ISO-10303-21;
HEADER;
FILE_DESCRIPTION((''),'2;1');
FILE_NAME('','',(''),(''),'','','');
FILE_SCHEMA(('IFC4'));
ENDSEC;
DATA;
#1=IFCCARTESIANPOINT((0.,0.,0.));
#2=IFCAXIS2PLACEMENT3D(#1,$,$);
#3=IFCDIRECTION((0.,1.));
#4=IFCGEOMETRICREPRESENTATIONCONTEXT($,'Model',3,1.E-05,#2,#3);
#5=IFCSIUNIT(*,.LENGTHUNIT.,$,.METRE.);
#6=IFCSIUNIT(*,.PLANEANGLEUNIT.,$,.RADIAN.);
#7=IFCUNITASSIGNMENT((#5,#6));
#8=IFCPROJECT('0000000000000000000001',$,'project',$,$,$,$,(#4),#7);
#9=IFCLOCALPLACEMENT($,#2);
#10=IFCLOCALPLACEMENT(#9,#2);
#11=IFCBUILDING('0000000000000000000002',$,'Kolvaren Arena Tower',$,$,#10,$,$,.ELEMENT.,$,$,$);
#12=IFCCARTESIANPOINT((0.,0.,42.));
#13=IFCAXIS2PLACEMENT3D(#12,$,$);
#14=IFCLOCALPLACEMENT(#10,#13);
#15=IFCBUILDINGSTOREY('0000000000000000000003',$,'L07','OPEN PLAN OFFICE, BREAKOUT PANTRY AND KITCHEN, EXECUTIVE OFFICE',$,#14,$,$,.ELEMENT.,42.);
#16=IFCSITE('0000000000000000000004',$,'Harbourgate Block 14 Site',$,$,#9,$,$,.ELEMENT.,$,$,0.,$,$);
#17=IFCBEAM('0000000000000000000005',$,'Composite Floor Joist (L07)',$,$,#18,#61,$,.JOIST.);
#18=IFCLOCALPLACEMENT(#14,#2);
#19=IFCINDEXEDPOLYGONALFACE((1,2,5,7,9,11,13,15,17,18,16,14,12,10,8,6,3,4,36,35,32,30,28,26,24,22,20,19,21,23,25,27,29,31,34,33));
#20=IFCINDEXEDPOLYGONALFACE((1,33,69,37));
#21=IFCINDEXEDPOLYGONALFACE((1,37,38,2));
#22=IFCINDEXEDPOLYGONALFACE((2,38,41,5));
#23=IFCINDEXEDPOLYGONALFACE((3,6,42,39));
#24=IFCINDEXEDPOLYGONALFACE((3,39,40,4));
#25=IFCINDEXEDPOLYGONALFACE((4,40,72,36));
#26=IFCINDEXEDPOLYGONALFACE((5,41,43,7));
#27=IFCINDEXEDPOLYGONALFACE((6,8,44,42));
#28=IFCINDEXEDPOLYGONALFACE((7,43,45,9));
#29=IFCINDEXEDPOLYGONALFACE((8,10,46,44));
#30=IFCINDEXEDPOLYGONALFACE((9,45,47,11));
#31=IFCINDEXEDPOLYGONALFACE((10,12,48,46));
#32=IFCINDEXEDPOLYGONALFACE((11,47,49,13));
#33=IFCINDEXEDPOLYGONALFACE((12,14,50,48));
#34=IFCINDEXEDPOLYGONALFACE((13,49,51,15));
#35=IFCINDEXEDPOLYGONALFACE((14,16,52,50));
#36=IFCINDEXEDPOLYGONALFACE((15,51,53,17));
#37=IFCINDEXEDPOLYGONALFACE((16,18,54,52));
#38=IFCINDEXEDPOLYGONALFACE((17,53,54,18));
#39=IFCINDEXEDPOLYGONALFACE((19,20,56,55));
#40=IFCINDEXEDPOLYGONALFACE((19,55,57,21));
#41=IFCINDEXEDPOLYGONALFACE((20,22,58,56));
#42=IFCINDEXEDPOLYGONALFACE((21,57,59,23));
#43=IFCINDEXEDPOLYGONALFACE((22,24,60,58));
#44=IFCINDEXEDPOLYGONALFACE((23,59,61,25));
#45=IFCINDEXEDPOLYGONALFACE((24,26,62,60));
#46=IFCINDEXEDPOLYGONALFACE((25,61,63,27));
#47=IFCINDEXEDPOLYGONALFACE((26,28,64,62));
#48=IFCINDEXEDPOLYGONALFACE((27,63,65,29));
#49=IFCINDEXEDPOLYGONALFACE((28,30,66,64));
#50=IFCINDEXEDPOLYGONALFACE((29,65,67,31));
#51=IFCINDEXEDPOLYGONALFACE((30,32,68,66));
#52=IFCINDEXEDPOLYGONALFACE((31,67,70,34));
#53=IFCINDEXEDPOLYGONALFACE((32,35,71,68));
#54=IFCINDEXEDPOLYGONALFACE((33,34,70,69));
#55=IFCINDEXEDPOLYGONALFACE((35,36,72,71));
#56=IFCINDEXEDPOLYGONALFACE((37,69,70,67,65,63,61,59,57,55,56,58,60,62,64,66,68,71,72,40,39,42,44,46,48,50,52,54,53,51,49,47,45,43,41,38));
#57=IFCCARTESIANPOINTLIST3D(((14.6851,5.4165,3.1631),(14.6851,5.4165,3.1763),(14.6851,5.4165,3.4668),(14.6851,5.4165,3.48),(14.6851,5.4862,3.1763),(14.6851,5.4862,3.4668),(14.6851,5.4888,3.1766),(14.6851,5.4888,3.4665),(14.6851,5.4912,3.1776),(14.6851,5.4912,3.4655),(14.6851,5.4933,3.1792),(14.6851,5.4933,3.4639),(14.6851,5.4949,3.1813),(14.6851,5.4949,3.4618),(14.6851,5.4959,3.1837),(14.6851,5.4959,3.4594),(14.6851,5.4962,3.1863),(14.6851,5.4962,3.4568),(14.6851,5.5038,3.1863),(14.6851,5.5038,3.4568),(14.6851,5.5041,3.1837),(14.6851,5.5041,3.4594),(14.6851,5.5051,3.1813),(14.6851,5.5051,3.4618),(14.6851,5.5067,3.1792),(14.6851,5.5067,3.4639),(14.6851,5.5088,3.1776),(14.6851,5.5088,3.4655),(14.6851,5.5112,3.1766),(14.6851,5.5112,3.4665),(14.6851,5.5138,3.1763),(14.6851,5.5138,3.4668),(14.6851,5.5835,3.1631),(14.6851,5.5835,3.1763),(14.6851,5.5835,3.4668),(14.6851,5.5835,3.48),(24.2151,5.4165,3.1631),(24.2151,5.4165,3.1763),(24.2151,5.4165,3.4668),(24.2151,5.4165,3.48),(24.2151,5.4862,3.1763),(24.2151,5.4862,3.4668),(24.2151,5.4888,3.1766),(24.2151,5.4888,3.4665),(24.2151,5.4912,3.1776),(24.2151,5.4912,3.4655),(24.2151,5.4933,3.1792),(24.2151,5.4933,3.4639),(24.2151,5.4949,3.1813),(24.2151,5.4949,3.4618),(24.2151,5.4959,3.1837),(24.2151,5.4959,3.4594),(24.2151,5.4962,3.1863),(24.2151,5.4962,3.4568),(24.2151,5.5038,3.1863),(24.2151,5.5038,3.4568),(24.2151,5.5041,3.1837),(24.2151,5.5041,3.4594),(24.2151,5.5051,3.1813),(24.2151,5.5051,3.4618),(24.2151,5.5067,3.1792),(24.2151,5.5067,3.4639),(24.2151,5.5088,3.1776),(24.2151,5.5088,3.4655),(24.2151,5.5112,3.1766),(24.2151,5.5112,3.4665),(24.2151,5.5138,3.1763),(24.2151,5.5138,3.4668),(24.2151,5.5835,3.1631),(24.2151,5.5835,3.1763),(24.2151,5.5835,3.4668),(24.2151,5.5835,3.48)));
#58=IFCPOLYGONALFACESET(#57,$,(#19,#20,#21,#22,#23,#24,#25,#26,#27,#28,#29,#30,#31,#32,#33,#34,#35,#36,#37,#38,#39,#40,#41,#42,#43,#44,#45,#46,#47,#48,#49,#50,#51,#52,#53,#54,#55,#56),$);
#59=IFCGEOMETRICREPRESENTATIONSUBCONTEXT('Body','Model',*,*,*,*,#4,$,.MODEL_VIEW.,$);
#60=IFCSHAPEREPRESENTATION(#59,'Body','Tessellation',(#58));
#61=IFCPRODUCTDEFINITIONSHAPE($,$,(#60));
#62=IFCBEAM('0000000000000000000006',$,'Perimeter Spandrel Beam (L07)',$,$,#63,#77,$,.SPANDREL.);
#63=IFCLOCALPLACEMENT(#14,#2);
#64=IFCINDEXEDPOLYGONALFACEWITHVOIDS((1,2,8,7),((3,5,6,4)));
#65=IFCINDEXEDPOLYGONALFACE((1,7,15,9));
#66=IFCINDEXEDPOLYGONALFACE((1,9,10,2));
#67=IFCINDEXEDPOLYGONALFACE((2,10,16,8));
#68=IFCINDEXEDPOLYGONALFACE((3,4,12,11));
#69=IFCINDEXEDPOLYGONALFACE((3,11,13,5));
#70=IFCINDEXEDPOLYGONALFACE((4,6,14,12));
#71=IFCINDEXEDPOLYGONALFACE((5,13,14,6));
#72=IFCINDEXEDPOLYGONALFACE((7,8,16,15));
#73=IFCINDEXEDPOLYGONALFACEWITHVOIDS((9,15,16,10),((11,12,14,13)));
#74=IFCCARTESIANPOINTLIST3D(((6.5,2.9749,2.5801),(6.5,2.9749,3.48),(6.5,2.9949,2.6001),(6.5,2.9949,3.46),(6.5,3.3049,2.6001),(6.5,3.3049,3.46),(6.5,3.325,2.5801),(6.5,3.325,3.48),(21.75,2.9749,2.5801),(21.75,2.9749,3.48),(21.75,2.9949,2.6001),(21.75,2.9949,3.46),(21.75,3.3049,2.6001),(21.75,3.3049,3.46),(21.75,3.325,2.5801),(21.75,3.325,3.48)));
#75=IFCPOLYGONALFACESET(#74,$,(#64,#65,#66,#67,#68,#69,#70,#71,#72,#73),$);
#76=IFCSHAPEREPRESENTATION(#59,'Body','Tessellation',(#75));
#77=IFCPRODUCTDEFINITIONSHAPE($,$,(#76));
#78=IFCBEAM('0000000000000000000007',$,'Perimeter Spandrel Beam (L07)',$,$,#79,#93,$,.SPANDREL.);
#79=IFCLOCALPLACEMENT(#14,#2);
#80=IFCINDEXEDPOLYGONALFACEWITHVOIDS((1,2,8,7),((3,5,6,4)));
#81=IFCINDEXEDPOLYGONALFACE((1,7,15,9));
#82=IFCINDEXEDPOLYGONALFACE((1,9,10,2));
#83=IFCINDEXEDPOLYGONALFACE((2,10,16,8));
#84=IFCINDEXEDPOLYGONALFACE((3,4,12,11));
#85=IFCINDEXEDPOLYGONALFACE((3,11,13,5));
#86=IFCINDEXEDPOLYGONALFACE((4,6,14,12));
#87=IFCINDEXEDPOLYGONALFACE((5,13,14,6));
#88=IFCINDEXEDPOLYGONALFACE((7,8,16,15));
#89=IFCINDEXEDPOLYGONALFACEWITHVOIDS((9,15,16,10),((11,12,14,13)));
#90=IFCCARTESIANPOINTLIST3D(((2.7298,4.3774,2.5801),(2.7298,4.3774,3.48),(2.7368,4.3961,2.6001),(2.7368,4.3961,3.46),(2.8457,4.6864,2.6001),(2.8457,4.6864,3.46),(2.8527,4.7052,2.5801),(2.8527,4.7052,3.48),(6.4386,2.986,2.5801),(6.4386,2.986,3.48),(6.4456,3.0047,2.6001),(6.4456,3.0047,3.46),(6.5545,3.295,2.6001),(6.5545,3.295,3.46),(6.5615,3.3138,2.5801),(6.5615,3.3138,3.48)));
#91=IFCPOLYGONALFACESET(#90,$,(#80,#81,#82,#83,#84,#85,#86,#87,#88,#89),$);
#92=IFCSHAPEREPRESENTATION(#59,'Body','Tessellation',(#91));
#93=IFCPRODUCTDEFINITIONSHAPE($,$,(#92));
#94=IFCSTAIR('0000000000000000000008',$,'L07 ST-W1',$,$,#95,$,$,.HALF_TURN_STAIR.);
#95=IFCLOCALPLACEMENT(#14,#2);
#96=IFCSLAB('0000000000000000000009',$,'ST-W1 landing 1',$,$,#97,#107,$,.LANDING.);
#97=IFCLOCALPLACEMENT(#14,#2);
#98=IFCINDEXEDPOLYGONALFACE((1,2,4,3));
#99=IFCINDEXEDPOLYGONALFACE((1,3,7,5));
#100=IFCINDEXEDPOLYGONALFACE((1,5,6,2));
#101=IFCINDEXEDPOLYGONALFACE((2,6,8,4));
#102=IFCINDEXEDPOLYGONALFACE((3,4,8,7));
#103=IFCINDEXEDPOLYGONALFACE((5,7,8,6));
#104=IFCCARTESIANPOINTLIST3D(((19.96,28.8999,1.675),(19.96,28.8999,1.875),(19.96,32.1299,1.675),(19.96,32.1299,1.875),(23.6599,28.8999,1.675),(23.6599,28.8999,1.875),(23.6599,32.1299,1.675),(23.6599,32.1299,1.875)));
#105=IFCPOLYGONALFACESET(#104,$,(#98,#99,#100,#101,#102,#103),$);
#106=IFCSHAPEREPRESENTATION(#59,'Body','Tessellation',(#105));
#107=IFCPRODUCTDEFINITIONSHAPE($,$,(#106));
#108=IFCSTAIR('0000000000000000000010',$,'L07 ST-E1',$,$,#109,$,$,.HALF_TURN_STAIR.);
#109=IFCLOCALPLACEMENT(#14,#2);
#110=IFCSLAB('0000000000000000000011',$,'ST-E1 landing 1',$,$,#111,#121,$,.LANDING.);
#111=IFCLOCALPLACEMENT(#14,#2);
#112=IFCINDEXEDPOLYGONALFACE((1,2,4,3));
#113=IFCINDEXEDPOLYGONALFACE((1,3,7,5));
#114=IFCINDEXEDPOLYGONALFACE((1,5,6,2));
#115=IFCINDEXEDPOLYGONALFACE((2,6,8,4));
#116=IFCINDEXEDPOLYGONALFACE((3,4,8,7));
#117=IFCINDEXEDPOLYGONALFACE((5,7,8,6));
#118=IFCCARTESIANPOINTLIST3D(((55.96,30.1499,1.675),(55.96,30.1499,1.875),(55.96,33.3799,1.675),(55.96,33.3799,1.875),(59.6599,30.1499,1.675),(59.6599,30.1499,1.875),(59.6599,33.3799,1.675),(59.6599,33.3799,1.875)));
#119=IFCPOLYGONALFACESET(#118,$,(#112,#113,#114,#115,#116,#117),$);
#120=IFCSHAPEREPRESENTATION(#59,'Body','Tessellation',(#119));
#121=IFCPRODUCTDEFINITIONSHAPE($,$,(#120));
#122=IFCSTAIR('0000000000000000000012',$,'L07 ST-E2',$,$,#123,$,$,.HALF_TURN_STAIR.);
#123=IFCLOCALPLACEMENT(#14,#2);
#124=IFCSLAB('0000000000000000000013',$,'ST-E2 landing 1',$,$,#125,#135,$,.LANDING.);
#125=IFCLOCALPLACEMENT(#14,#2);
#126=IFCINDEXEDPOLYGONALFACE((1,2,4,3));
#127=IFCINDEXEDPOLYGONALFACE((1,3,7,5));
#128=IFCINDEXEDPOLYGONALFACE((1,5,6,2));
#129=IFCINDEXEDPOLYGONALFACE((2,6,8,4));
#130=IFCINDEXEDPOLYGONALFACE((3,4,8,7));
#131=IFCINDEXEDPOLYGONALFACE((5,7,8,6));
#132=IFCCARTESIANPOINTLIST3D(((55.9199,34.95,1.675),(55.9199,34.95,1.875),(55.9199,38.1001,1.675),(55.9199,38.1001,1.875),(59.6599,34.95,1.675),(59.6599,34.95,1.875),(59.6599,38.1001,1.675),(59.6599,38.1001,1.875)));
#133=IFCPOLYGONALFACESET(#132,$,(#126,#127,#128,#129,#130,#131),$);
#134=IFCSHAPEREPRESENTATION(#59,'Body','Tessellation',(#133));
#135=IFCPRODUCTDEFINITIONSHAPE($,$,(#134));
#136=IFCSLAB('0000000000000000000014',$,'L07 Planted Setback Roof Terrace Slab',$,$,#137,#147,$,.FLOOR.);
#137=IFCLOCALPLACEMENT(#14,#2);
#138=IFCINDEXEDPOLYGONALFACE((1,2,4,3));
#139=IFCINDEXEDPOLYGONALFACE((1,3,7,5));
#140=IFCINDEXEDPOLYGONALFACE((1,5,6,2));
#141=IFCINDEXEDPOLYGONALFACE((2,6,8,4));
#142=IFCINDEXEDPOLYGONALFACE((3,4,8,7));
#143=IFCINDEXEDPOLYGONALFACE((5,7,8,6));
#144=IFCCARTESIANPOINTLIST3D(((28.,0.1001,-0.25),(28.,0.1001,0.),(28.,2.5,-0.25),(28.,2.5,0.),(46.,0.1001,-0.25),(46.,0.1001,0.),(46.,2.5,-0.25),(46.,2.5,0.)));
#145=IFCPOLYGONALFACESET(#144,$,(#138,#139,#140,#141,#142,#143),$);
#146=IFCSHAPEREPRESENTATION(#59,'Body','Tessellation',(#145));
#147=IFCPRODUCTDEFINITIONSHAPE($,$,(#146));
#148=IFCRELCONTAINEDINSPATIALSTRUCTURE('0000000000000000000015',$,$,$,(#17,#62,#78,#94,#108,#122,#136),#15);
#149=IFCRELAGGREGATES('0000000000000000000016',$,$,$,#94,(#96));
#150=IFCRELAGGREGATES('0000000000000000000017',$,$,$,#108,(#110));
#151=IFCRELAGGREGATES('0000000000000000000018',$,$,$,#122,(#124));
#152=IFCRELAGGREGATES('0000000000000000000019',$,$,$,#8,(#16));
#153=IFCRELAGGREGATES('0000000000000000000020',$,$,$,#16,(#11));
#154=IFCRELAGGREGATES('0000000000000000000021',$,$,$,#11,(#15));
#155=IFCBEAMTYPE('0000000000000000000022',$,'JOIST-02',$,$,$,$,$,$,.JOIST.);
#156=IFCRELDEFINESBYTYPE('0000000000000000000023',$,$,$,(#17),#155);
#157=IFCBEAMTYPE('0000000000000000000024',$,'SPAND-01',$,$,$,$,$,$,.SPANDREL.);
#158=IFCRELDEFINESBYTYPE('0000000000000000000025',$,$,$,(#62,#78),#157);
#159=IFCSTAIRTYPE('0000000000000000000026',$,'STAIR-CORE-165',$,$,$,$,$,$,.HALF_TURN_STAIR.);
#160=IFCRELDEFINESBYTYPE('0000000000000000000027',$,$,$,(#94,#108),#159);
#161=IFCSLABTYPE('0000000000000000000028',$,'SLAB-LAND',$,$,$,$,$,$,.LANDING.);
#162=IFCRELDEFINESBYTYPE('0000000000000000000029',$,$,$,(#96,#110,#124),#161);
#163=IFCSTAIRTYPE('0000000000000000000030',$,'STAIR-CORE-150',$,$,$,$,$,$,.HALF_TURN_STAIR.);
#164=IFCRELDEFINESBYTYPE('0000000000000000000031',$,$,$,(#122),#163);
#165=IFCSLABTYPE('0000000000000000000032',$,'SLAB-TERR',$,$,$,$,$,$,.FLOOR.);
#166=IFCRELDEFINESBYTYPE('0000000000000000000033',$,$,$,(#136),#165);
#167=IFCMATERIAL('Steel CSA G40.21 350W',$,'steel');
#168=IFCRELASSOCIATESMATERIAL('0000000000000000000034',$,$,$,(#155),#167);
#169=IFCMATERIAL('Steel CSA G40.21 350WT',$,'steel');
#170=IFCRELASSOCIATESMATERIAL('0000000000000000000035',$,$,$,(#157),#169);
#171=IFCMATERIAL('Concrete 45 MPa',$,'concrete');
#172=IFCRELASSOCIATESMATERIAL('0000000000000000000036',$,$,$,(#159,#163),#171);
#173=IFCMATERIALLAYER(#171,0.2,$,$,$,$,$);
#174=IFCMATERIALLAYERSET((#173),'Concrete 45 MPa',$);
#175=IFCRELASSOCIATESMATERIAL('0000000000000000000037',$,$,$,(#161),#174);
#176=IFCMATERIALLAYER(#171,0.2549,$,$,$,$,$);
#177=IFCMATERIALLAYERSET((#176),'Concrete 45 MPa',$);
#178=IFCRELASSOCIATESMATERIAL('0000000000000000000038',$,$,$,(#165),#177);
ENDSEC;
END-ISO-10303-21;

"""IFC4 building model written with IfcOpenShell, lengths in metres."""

from ifc_helpers import new_model, si_unit, direction, frame, origin, origin_2d, place, context, subcontext, project, spatial, polyline, hollow_rectangle, i_section, outline, extrude, material, layer, layer_set, material_profile, profile_set, type_object, element, aggregate, save


model = new_model("IFC4")

# Units and contexts
model_context = context("Model", 3, precision=1e-05, world=origin(), true_north=direction((0.0, 1.0)))
body_context = subcontext(model_context, "Body", "Model", "MODEL_VIEW")
ifc_project = project(units=[si_unit("LENGTHUNIT", "METRE"), si_unit("PLANEANGLEUNIT", "RADIAN")], contexts=[model_context])

# Site, building, storey
site_placement = place(None, origin())
site = spatial("IfcSite", under=ifc_project, at=site_placement, Name="Harbourgate Block 14 Site", CompositionType="ELEMENT", RefElevation=0.0)
building_placement = place(site_placement, origin())
building = spatial("IfcBuilding", under=site, at=building_placement, Name="Kolvaren Arena Tower", CompositionType="ELEMENT")
storey_placement = place(building_placement, frame((0.0, 0.0, 42.0)))
storey = spatial("IfcBuildingStorey", under=building, at=storey_placement, Name="L07", Description="OPEN PLAN OFFICE, BREAKOUT PANTRY AND KITCHEN, EXECUTIVE OFFICE", CompositionType="ELEMENT", Elevation=42.0)

# Beams
ifc_material_1 = material(Name="Steel CSA G40.21 350W", Category="steel")
ifc_material_profile_1 = material_profile(ifc_material_1, i_section(OverallWidth=0.167, OverallDepth=0.3169, WebThickness=0.0076, FlangeThickness=0.0132, FilletRadius=0.01, at=origin_2d()), Name="W310x52")
ifc_profile_set_1 = profile_set([ifc_material_profile_1], Name="Steel CSA G40.21 350W")
beam_type_1 = type_object("IfcBeamType", Name="JOIST-02", PredefinedType="JOIST", material=ifc_profile_set_1)
beam_1_placement = place(storey_placement, frame((14.6851, 5.5, 3.3215), z_axis=(1.0, 0.0, 0.0), x_axis=(0.0, 1.0, 0.0)))
element("IfcBeam", 1, at=beam_1_placement, inside=storey, type_object=beam_type_1, Name="Composite Floor Joist (L07)", PredefinedType="JOIST", context=body_context, shape_type="SweptSolid", body=[
    extrude(i_section(OverallWidth=0.167, OverallDepth=0.3169, WebThickness=0.0076, FlangeThickness=0.0132, FilletRadius=0.01, at=origin_2d()), origin(), (0.0, 0.0, 1.0), 9.53),
])
ifc_material_2 = material(Name="Steel CSA G40.21 350WT", Category="steel")
ifc_material_profile_2 = material_profile(ifc_material_2, hollow_rectangle(XDim=0.3501, YDim=0.8999, WallThickness=0.02, at=origin_2d()), Name="HSS 900x350x20")
ifc_profile_set_2 = profile_set([ifc_material_profile_2], Name="Steel CSA G40.21 350WT")
beam_type_2 = type_object("IfcBeamType", Name="SPAND-01", PredefinedType="SPANDREL", material=ifc_profile_set_2)
beam_2_placement = place(storey_placement, frame((6.5, 3.1499, 3.03), z_axis=(1.0, 0.0, 0.0), x_axis=(0.0, 1.0, 0.0)))
element("IfcBeam", 2, at=beam_2_placement, inside=storey, type_object=beam_type_2, Name="Perimeter Spandrel Beam (L07)", PredefinedType="SPANDREL", context=body_context, shape_type="SweptSolid", body=[
    extrude(hollow_rectangle(XDim=0.3501, YDim=0.8999, WallThickness=0.02, at=origin_2d()), origin(), (0.0, 0.0, 1.0), 15.25),
])
beam_3_placement = place(storey_placement, frame((2.7913, 4.5413, 3.03), z_axis=(0.936281, -0.351252, 0.0), x_axis=(0.351252, 0.936281, 0.0)))
element("IfcBeam", 3, at=beam_3_placement, inside=storey, type_object=beam_type_2, Name="Perimeter Spandrel Beam (L07)", PredefinedType="SPANDREL", context=body_context, shape_type="SweptSolid", body=[
    extrude(hollow_rectangle(XDim=0.3501, YDim=0.8999, WallThickness=0.02, at=origin_2d()), origin(), (0.0, 0.0, 1.0), 3.9612),
])

# Stairs, slabs
ifc_material_3 = material(Name="Concrete 45 MPa", Category="concrete")
stair_type_1 = type_object("IfcStairType", Name="STAIR-CORE-165", PredefinedType="HALF_TURN_STAIR", material=ifc_material_3)
stair_1_placement = place(storey_placement, origin())
stair_1 = element("IfcStair", 4, at=stair_1_placement, inside=storey, type_object=stair_type_1, Name="L07 ST-W1", PredefinedType="HALF_TURN_STAIR")
ifc_layer_1 = layer(ifc_material_3, 0.2)
ifc_layer_set_1 = layer_set([ifc_layer_1], Name="Concrete 45 MPa")
slab_type_1 = type_object("IfcSlabType", Name="SLAB-LAND", PredefinedType="LANDING", material=ifc_layer_set_1)
slab_1_placement = place(storey_placement, frame((0.0, 0.0, 1.675)))
slab_1 = element("IfcSlab", 5, at=slab_1_placement, type_object=slab_type_1, Name="ST-W1 landing 1", PredefinedType="LANDING", context=body_context, shape_type="SweptSolid", body=[
    extrude(outline(polyline([(19.96, 28.8999), (23.6599, 28.8999), (23.6599, 32.1299), (19.96, 32.1299), (19.96, 28.8999)])), origin(), (0.0, 0.0, 1.0), 0.2),
])
aggregate(stair_1, [slab_1])
stair_2_placement = place(storey_placement, origin())
stair_2 = element("IfcStair", 6, at=stair_2_placement, inside=storey, type_object=stair_type_1, Name="L07 ST-E1", PredefinedType="HALF_TURN_STAIR")
slab_2_placement = place(storey_placement, frame((0.0, 0.0, 1.675)))
slab_2 = element("IfcSlab", 7, at=slab_2_placement, type_object=slab_type_1, Name="ST-E1 landing 1", PredefinedType="LANDING", context=body_context, shape_type="SweptSolid", body=[
    extrude(outline(polyline([(55.96, 30.1499), (59.6599, 30.1499), (59.6599, 33.3799), (55.96, 33.3799), (55.96, 30.1499)])), origin(), (0.0, 0.0, 1.0), 0.2),
])
aggregate(stair_2, [slab_2])
stair_type_2 = type_object("IfcStairType", Name="STAIR-CORE-150", PredefinedType="HALF_TURN_STAIR", material=ifc_material_3)
stair_3_placement = place(storey_placement, origin())
stair_3 = element("IfcStair", 8, at=stair_3_placement, inside=storey, type_object=stair_type_2, Name="L07 ST-E2", PredefinedType="HALF_TURN_STAIR")
slab_3_placement = place(storey_placement, frame((0.0, 0.0, 1.675)))
slab_3 = element("IfcSlab", 9, at=slab_3_placement, type_object=slab_type_1, Name="ST-E2 landing 1", PredefinedType="LANDING", context=body_context, shape_type="SweptSolid", body=[
    extrude(outline(polyline([(55.9199, 34.95), (59.6599, 34.95), (59.6599, 38.1001), (55.9199, 38.1001), (55.9199, 34.95)])), origin(), (0.0, 0.0, 1.0), 0.2),
])
aggregate(stair_3, [slab_3])

# Slab
ifc_layer_2 = layer(ifc_material_3, 0.2549)
ifc_layer_set_2 = layer_set([ifc_layer_2], Name="Concrete 45 MPa")
slab_type_2 = type_object("IfcSlabType", Name="SLAB-TERR", PredefinedType="FLOOR", material=ifc_layer_set_2)
slab_4_placement = place(storey_placement, frame((0.0, 0.0, -0.25)))
element("IfcSlab", 10, at=slab_4_placement, inside=storey, type_object=slab_type_2, Name="L07 Planted Setback Roof Terrace Slab", PredefinedType="FLOOR", context=body_context, shape_type="SweptSolid", body=[
    extrude(outline(polyline([(28.0, 0.1001), (46.0, 0.1001), (46.0, 2.5), (28.0, 2.5), (28.0, 0.1001)])), origin(), (0.0, 0.0, 1.0), 0.25),
])

save(model, "model.ifc")
